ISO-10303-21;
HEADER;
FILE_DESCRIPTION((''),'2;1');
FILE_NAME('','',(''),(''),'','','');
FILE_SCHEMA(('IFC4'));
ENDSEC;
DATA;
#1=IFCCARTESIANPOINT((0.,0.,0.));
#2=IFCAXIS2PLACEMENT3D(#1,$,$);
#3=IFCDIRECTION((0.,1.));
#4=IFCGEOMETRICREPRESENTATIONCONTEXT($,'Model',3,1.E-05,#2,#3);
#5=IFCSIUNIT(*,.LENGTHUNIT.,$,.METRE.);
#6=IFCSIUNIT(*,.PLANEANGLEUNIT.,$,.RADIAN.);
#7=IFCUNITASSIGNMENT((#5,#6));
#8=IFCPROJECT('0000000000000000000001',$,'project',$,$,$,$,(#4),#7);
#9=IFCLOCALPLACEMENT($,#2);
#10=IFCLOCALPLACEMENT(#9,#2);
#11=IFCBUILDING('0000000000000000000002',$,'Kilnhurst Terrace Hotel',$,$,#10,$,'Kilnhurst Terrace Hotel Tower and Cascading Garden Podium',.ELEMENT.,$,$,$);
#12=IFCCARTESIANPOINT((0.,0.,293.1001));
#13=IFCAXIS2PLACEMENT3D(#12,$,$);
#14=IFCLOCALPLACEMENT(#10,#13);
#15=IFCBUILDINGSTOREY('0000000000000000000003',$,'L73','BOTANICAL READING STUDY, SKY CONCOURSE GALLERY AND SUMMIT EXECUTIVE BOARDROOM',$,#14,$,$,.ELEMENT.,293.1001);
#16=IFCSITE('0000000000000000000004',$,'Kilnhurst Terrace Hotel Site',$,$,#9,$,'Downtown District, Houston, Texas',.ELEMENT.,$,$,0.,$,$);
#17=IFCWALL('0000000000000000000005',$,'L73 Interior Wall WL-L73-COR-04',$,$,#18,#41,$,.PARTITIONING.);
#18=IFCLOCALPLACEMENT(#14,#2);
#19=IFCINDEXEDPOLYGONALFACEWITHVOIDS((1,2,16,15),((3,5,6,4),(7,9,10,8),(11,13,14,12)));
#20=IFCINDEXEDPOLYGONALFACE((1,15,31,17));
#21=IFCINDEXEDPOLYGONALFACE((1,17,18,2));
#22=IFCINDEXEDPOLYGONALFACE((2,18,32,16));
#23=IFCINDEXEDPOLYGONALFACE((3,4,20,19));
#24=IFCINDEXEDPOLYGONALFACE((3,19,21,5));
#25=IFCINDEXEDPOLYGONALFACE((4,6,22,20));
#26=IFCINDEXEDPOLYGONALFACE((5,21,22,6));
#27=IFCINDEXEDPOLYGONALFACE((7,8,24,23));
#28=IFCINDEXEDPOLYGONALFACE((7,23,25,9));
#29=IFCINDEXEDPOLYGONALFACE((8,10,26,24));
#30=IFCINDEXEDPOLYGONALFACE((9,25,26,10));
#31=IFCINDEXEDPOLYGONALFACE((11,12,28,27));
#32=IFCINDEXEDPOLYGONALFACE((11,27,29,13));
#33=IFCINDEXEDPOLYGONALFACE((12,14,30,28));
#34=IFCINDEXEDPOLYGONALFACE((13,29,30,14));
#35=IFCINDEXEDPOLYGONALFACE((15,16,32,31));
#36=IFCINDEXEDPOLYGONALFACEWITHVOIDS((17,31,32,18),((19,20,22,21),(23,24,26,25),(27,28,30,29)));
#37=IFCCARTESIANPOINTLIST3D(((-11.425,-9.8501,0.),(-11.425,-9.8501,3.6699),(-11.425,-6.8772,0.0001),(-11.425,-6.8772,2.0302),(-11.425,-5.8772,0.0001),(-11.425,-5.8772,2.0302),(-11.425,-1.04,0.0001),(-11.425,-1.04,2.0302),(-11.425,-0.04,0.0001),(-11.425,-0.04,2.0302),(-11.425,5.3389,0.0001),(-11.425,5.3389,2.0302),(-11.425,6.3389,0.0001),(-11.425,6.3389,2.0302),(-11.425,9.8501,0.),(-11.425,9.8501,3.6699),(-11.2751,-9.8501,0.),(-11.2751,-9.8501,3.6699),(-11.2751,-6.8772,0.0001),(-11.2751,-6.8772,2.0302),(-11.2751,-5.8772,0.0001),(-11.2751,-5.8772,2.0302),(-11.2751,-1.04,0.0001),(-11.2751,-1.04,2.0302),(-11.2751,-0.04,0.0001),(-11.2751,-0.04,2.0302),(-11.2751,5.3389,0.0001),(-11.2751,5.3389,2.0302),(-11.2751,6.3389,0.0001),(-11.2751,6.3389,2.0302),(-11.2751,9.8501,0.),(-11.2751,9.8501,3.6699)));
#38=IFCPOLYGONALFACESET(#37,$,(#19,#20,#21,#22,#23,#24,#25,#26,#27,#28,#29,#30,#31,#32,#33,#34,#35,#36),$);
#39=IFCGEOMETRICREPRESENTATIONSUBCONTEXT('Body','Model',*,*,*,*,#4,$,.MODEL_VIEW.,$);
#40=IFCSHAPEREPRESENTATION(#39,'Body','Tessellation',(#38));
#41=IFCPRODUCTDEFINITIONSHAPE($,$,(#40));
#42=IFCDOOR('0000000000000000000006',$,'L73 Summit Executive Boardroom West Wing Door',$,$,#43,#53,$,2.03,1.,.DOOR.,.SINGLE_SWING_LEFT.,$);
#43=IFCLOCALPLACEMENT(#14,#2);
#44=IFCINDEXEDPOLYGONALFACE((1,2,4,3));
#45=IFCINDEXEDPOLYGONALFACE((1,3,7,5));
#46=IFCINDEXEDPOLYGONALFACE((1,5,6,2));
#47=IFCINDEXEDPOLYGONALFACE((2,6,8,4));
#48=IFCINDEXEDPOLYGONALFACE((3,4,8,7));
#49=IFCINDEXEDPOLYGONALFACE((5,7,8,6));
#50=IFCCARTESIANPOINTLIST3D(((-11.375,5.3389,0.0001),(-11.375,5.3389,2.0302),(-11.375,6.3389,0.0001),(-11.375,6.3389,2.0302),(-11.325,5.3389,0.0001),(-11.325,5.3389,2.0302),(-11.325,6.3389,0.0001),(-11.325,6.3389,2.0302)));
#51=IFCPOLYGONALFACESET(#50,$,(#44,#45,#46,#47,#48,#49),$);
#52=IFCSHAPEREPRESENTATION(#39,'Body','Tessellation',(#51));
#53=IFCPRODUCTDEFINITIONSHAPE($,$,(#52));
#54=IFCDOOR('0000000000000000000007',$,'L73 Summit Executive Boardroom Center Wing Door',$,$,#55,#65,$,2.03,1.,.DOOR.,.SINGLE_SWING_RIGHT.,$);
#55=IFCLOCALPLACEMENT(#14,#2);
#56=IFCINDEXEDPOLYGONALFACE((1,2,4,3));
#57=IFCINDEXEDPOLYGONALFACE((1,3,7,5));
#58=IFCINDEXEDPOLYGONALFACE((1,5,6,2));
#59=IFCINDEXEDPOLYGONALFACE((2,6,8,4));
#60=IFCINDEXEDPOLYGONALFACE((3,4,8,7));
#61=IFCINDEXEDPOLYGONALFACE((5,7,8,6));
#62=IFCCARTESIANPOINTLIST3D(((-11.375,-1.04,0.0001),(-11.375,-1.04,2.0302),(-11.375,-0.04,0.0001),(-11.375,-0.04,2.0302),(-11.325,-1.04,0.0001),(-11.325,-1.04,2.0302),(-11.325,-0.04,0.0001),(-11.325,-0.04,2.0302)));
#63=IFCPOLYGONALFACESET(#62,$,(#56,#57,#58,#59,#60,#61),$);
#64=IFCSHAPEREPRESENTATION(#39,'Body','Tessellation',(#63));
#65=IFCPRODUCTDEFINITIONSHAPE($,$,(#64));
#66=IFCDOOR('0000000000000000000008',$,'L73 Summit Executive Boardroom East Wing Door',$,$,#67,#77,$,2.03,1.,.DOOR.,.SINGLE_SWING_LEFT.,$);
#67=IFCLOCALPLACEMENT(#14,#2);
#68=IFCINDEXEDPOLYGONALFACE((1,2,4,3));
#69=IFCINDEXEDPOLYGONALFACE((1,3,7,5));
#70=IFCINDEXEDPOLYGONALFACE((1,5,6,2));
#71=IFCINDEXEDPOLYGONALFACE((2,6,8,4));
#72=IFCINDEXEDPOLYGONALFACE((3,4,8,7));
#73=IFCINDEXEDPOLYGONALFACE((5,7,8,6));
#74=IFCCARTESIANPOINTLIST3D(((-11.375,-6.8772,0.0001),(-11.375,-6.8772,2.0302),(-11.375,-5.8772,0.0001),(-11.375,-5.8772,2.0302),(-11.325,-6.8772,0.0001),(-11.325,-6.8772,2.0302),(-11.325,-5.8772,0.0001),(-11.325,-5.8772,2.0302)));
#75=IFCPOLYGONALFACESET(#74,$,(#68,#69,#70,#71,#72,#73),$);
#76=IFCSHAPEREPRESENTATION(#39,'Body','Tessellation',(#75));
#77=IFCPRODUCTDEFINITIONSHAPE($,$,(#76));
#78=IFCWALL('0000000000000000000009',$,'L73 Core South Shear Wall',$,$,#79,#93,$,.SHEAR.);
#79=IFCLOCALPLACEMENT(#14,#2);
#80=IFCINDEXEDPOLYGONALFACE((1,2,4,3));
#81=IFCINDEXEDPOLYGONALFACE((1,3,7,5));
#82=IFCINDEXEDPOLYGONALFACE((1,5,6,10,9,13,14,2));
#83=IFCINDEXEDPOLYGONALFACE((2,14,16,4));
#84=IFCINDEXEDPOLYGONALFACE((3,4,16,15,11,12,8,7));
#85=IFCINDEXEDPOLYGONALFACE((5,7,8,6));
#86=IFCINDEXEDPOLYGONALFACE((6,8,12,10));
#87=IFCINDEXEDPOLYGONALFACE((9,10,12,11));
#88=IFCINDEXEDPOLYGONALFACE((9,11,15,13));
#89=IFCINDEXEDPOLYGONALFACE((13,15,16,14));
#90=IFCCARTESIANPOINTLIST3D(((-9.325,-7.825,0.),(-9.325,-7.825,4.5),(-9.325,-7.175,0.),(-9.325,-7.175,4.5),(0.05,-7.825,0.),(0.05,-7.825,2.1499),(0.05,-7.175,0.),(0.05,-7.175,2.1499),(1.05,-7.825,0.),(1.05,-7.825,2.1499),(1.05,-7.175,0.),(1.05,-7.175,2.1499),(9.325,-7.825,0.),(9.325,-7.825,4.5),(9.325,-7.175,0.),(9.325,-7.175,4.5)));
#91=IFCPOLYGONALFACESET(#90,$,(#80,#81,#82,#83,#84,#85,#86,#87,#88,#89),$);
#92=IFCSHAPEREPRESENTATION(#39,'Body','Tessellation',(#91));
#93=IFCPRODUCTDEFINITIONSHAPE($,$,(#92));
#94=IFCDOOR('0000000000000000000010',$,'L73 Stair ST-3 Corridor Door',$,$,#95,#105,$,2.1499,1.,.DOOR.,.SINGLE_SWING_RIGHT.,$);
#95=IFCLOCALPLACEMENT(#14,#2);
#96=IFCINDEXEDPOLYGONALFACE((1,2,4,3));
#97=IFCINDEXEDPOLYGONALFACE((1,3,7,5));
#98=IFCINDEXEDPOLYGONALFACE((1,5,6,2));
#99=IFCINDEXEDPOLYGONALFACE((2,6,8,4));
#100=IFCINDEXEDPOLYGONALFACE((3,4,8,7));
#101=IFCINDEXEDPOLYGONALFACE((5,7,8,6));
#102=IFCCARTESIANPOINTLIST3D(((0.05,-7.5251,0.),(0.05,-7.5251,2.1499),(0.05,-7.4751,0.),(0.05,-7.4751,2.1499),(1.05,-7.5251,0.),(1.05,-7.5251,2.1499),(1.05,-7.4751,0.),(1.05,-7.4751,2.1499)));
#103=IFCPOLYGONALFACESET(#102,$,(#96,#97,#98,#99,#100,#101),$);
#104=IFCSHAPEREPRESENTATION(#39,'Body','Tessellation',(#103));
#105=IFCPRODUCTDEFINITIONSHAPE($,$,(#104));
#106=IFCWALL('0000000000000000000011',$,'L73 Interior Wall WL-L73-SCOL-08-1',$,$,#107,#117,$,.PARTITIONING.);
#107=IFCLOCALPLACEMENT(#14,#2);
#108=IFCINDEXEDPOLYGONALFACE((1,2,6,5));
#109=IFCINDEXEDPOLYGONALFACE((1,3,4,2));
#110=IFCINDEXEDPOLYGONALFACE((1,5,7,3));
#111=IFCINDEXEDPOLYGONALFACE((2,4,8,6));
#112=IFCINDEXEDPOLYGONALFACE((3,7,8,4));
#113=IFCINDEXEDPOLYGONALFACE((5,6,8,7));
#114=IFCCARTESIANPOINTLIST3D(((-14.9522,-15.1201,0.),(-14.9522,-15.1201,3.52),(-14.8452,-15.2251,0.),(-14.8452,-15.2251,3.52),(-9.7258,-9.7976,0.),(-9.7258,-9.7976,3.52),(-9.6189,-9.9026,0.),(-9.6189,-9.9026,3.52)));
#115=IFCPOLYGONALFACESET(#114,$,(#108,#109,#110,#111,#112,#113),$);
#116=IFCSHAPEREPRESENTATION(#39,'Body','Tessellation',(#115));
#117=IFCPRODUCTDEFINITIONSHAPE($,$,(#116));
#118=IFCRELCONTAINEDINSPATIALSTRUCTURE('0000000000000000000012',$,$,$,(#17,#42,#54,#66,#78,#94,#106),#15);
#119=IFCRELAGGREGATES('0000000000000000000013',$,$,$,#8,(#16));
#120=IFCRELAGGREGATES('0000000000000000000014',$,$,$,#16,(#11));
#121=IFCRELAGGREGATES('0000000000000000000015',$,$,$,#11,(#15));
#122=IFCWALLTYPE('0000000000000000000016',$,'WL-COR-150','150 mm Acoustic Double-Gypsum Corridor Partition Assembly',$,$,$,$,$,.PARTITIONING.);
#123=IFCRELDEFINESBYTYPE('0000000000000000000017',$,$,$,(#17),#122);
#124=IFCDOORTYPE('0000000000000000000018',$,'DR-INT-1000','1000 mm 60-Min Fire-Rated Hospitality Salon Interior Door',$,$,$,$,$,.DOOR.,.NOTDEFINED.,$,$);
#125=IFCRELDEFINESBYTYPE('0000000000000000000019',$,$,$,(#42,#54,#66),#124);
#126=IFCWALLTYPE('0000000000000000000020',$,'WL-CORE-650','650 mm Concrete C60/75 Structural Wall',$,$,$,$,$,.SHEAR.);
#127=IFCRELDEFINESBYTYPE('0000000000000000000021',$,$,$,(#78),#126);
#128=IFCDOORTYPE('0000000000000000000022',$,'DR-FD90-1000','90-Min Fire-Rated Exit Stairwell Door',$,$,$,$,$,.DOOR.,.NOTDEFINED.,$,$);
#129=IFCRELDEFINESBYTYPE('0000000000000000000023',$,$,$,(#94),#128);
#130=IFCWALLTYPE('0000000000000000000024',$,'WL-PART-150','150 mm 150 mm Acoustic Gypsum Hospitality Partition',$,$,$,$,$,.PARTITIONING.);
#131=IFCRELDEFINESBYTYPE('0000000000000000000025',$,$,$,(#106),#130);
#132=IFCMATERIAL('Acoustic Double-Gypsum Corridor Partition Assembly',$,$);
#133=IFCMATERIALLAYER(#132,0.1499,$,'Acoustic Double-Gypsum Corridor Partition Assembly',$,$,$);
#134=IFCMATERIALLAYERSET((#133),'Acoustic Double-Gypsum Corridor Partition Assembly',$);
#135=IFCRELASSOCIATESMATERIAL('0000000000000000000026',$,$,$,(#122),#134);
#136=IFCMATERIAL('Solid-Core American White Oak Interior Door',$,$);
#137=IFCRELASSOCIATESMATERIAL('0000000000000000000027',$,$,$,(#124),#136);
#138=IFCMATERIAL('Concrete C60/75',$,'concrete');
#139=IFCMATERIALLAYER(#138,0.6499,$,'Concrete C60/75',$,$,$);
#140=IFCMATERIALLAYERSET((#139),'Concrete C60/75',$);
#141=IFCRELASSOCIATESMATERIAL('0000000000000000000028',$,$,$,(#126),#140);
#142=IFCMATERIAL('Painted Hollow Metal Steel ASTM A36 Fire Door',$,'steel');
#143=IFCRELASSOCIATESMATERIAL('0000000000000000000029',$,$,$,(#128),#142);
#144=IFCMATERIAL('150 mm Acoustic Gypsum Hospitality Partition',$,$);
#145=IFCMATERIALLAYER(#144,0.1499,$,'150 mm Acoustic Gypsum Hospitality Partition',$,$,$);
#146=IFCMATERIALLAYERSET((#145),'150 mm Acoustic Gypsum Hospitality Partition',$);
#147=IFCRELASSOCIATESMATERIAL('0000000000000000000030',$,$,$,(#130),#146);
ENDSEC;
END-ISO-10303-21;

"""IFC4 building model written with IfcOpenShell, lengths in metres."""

from ifc_helpers import new_model, si_unit, direction, frame, frame_2d, origin, place, context, subcontext, project, spatial, rectangle, extrude, material, layer, layer_set, type_object, element, fill, save


model = new_model("IFC4")

# Units and contexts
model_context = context("Model", 3, precision=1e-05, world=origin(), true_north=direction((0.0, 1.0)))
body_context = subcontext(model_context, "Body", "Model", "MODEL_VIEW")
ifc_project = project(units=[si_unit("LENGTHUNIT", "METRE"), si_unit("PLANEANGLEUNIT", "RADIAN")], contexts=[model_context])

# Site, building, storey
site_placement = place(None, origin())
site = spatial("IfcSite", under=ifc_project, at=site_placement, Name="Kilnhurst Terrace Hotel Site", LongName="Downtown District, Houston, Texas", CompositionType="ELEMENT", RefElevation=0.0)
building_placement = place(site_placement, origin())
building = spatial("IfcBuilding", under=site, at=building_placement, Name="Kilnhurst Terrace Hotel", LongName="Kilnhurst Terrace Hotel Tower and Cascading Garden Podium", CompositionType="ELEMENT")
storey_placement = place(building_placement, frame((0.0, 0.0, 293.1001)))
storey = spatial("IfcBuildingStorey", under=building, at=storey_placement, Name="L73", Description="BOTANICAL READING STUDY, SKY CONCOURSE GALLERY AND SUMMIT EXECUTIVE BOARDROOM", CompositionType="ELEMENT", Elevation=293.1001)

# Shared definitions
ifc_material_1 = material(Name="Concrete C60/75", Category="concrete")

# Wall, openings, doors
ifc_material_2 = material(Name="Acoustic Double-Gypsum Corridor Partition Assembly")
ifc_layer_1 = layer(ifc_material_2, 0.1499, Name="Acoustic Double-Gypsum Corridor Partition Assembly")
ifc_layer_set_1 = layer_set([ifc_layer_1], Name="Acoustic Double-Gypsum Corridor Partition Assembly")
wall_type_1 = type_object("IfcWallType", Name="WL-COR-150", Description="150 mm Acoustic Double-Gypsum Corridor Partition Assembly", PredefinedType="PARTITIONING", material=ifc_layer_set_1)
wall_1_placement = place(storey_placement, frame((-11.3501, -9.8501, 0.0), z_axis=(0.0, 0.0, 1.0), x_axis=(0.0, 1.0, 0.0)))
wall_1 = element("IfcWall", 1, at=wall_1_placement, inside=storey, type_object=wall_type_1, Name="L73 Interior Wall WL-L73-COR-04", PredefinedType="PARTITIONING", context=body_context, shape_type="SweptSolid", body=[
    extrude(rectangle(XDim=19.7002, YDim=0.1499, at=frame_2d((9.8501, 0.0))), origin(), (0.0, 0.0, 1.0), 3.6699),
])
opening_1_placement = place(wall_1_placement, frame((15.189, 0.0, 0.0)))
opening_1 = element("IfcOpeningElement", 2, at=opening_1_placement, cuts=wall_1, PredefinedType="OPENING", context=body_context, shape_type="SweptSolid", body=[
    extrude(rectangle(XDim=1.0, YDim=2.03, at=frame_2d((0.5, 1.0151))), frame((0.0, 0.085, 0.0), z_axis=(0.0, -1.0, 0.0), x_axis=(1.0, 0.0, 0.0)), (0.0, 0.0, 1.0), 0.1699),
])
opening_2_placement = place(wall_1_placement, frame((8.8101, 0.0, 0.0)))
opening_2 = element("IfcOpeningElement", 3, at=opening_2_placement, cuts=wall_1, PredefinedType="OPENING", context=body_context, shape_type="SweptSolid", body=[
    extrude(rectangle(XDim=1.0, YDim=2.03, at=frame_2d((0.5, 1.0151))), frame((0.0, 0.085, 0.0), z_axis=(0.0, -1.0, 0.0), x_axis=(1.0, 0.0, 0.0)), (0.0, 0.0, 1.0), 0.1699),
])
opening_3_placement = place(wall_1_placement, frame((2.9729, 0.0, 0.0)))
opening_3 = element("IfcOpeningElement", 4, at=opening_3_placement, cuts=wall_1, PredefinedType="OPENING", context=body_context, shape_type="SweptSolid", body=[
    extrude(rectangle(XDim=1.0, YDim=2.03, at=frame_2d((0.5, 1.0151))), frame((0.0, 0.085, 0.0), z_axis=(0.0, -1.0, 0.0), x_axis=(1.0, 0.0, 0.0)), (0.0, 0.0, 1.0), 0.1699),
])
ifc_material_3 = material(Name="Solid-Core American White Oak Interior Door")
door_type_1 = type_object("IfcDoorType", Name="DR-INT-1000", Description="1000 mm 60-Min Fire-Rated Hospitality Salon Interior Door", OperationType="NOTDEFINED", PredefinedType="DOOR", material=ifc_material_3)
door_1_placement = place(opening_1_placement, origin())
door_1 = element("IfcDoor", 5, at=door_1_placement, inside=storey, type_object=door_type_1, Name="L73 Summit Executive Boardroom West Wing Door", OperationType="SINGLE_SWING_LEFT", OverallHeight=2.03, OverallWidth=1.0, PredefinedType="DOOR", context=body_context, shape_type="SweptSolid", body=[
    extrude(rectangle(XDim=1.0, YDim=2.03, at=frame_2d((0.5, 1.0151))), frame((0.0, 0.0249, 0.0), z_axis=(0.0, -1.0, 0.0), x_axis=(1.0, 0.0, 0.0)), (0.0, 0.0, 1.0), 0.05),
])
fill(opening_1, door_1)
door_2_placement = place(opening_2_placement, origin())
door_2 = element("IfcDoor", 6, at=door_2_placement, inside=storey, type_object=door_type_1, Name="L73 Summit Executive Boardroom Center Wing Door", OperationType="SINGLE_SWING_RIGHT", OverallHeight=2.03, OverallWidth=1.0, PredefinedType="DOOR", context=body_context, shape_type="SweptSolid", body=[
    extrude(rectangle(XDim=1.0, YDim=2.03, at=frame_2d((0.5, 1.0151))), frame((0.0, 0.0249, 0.0), z_axis=(0.0, -1.0, 0.0), x_axis=(1.0, 0.0, 0.0)), (0.0, 0.0, 1.0), 0.05),
])
fill(opening_2, door_2)
door_3_placement = place(opening_3_placement, origin())
door_3 = element("IfcDoor", 7, at=door_3_placement, inside=storey, type_object=door_type_1, Name="L73 Summit Executive Boardroom East Wing Door", OperationType="SINGLE_SWING_LEFT", OverallHeight=2.03, OverallWidth=1.0, PredefinedType="DOOR", context=body_context, shape_type="SweptSolid", body=[
    extrude(rectangle(XDim=1.0, YDim=2.03, at=frame_2d((0.5, 1.0151))), frame((0.0, 0.0249, 0.0), z_axis=(0.0, -1.0, 0.0), x_axis=(1.0, 0.0, 0.0)), (0.0, 0.0, 1.0), 0.05),
])
fill(opening_3, door_3)

# Wall, opening, door
ifc_layer_2 = layer(ifc_material_1, 0.6499, Name="Concrete C60/75")
ifc_layer_set_2 = layer_set([ifc_layer_2], Name="Concrete C60/75")
wall_type_2 = type_object("IfcWallType", Name="WL-CORE-650", Description="650 mm Concrete C60/75 Structural Wall", PredefinedType="SHEAR", material=ifc_layer_set_2)
wall_2_placement = place(storey_placement, frame((-9.325, -7.5, 0.0), z_axis=(0.0, 0.0, 1.0), x_axis=(1.0, 0.0, 0.0)))
wall_2 = element("IfcWall", 8, at=wall_2_placement, inside=storey, type_object=wall_type_2, Name="L73 Core South Shear Wall", PredefinedType="SHEAR", context=body_context, shape_type="SweptSolid", body=[
    extrude(rectangle(XDim=18.6499, YDim=0.6499, at=frame_2d((9.325, 0.0))), origin(), (0.0, 0.0, 1.0), 4.5),
])
opening_4_placement = place(wall_2_placement, frame((9.375, 0.0, 0.0)))
opening_4 = element("IfcOpeningElement", 9, at=opening_4_placement, cuts=wall_2, PredefinedType="OPENING", context=body_context, shape_type="SweptSolid", body=[
    extrude(rectangle(XDim=1.0, YDim=2.1499, at=frame_2d((0.5, 1.075))), frame((0.0, 0.335, 0.0), z_axis=(0.0, -1.0, 0.0), x_axis=(1.0, 0.0, 0.0)), (0.0, 0.0, 1.0), 0.6699),
])
ifc_material_4 = material(Name="Painted Hollow Metal Steel ASTM A36 Fire Door", Category="steel")
door_type_2 = type_object("IfcDoorType", Name="DR-FD90-1000", Description="90-Min Fire-Rated Exit Stairwell Door", OperationType="NOTDEFINED", PredefinedType="DOOR", material=ifc_material_4)
door_4_placement = place(opening_4_placement, origin())
door_4 = element("IfcDoor", 10, at=door_4_placement, inside=storey, type_object=door_type_2, Name="L73 Stair ST-3 Corridor Door", OperationType="SINGLE_SWING_RIGHT", OverallHeight=2.1499, OverallWidth=1.0, PredefinedType="DOOR", context=body_context, shape_type="SweptSolid", body=[
    extrude(rectangle(XDim=1.0, YDim=2.1499, at=frame_2d((0.5, 1.075))), frame((0.0, 0.0249, 0.0), z_axis=(0.0, -1.0, 0.0), x_axis=(1.0, 0.0, 0.0)), (0.0, 0.0, 1.0), 0.05),
])
fill(opening_4, door_4)

# Wall
ifc_material_5 = material(Name="150 mm Acoustic Gypsum Hospitality Partition")
ifc_layer_3 = layer(ifc_material_5, 0.1499, Name="150 mm Acoustic Gypsum Hospitality Partition")
ifc_layer_set_3 = layer_set([ifc_layer_3], Name="150 mm Acoustic Gypsum Hospitality Partition")
wall_type_3 = type_object("IfcWallType", Name="WL-PART-150", Description="150 mm 150 mm Acoustic Gypsum Hospitality Partition", PredefinedType="PARTITIONING", material=ifc_layer_set_3)
wall_3_placement = place(storey_placement, frame((-9.6724, -9.8501, 0.0), z_axis=(0.0, 0.0, 1.0), x_axis=(-0.70063, -0.713525, 0.0)))
element("IfcWall", 11, at=wall_3_placement, inside=storey, type_object=wall_type_3, Name="L73 Interior Wall WL-L73-SCOL-08-1", PredefinedType="PARTITIONING", context=body_context, shape_type="SweptSolid", body=[
    extrude(rectangle(XDim=7.4595, YDim=0.1499, at=frame_2d((3.7297, 0.0))), origin(), (0.0, 0.0, 1.0), 3.52),
])

save(model, "model.ifc")
